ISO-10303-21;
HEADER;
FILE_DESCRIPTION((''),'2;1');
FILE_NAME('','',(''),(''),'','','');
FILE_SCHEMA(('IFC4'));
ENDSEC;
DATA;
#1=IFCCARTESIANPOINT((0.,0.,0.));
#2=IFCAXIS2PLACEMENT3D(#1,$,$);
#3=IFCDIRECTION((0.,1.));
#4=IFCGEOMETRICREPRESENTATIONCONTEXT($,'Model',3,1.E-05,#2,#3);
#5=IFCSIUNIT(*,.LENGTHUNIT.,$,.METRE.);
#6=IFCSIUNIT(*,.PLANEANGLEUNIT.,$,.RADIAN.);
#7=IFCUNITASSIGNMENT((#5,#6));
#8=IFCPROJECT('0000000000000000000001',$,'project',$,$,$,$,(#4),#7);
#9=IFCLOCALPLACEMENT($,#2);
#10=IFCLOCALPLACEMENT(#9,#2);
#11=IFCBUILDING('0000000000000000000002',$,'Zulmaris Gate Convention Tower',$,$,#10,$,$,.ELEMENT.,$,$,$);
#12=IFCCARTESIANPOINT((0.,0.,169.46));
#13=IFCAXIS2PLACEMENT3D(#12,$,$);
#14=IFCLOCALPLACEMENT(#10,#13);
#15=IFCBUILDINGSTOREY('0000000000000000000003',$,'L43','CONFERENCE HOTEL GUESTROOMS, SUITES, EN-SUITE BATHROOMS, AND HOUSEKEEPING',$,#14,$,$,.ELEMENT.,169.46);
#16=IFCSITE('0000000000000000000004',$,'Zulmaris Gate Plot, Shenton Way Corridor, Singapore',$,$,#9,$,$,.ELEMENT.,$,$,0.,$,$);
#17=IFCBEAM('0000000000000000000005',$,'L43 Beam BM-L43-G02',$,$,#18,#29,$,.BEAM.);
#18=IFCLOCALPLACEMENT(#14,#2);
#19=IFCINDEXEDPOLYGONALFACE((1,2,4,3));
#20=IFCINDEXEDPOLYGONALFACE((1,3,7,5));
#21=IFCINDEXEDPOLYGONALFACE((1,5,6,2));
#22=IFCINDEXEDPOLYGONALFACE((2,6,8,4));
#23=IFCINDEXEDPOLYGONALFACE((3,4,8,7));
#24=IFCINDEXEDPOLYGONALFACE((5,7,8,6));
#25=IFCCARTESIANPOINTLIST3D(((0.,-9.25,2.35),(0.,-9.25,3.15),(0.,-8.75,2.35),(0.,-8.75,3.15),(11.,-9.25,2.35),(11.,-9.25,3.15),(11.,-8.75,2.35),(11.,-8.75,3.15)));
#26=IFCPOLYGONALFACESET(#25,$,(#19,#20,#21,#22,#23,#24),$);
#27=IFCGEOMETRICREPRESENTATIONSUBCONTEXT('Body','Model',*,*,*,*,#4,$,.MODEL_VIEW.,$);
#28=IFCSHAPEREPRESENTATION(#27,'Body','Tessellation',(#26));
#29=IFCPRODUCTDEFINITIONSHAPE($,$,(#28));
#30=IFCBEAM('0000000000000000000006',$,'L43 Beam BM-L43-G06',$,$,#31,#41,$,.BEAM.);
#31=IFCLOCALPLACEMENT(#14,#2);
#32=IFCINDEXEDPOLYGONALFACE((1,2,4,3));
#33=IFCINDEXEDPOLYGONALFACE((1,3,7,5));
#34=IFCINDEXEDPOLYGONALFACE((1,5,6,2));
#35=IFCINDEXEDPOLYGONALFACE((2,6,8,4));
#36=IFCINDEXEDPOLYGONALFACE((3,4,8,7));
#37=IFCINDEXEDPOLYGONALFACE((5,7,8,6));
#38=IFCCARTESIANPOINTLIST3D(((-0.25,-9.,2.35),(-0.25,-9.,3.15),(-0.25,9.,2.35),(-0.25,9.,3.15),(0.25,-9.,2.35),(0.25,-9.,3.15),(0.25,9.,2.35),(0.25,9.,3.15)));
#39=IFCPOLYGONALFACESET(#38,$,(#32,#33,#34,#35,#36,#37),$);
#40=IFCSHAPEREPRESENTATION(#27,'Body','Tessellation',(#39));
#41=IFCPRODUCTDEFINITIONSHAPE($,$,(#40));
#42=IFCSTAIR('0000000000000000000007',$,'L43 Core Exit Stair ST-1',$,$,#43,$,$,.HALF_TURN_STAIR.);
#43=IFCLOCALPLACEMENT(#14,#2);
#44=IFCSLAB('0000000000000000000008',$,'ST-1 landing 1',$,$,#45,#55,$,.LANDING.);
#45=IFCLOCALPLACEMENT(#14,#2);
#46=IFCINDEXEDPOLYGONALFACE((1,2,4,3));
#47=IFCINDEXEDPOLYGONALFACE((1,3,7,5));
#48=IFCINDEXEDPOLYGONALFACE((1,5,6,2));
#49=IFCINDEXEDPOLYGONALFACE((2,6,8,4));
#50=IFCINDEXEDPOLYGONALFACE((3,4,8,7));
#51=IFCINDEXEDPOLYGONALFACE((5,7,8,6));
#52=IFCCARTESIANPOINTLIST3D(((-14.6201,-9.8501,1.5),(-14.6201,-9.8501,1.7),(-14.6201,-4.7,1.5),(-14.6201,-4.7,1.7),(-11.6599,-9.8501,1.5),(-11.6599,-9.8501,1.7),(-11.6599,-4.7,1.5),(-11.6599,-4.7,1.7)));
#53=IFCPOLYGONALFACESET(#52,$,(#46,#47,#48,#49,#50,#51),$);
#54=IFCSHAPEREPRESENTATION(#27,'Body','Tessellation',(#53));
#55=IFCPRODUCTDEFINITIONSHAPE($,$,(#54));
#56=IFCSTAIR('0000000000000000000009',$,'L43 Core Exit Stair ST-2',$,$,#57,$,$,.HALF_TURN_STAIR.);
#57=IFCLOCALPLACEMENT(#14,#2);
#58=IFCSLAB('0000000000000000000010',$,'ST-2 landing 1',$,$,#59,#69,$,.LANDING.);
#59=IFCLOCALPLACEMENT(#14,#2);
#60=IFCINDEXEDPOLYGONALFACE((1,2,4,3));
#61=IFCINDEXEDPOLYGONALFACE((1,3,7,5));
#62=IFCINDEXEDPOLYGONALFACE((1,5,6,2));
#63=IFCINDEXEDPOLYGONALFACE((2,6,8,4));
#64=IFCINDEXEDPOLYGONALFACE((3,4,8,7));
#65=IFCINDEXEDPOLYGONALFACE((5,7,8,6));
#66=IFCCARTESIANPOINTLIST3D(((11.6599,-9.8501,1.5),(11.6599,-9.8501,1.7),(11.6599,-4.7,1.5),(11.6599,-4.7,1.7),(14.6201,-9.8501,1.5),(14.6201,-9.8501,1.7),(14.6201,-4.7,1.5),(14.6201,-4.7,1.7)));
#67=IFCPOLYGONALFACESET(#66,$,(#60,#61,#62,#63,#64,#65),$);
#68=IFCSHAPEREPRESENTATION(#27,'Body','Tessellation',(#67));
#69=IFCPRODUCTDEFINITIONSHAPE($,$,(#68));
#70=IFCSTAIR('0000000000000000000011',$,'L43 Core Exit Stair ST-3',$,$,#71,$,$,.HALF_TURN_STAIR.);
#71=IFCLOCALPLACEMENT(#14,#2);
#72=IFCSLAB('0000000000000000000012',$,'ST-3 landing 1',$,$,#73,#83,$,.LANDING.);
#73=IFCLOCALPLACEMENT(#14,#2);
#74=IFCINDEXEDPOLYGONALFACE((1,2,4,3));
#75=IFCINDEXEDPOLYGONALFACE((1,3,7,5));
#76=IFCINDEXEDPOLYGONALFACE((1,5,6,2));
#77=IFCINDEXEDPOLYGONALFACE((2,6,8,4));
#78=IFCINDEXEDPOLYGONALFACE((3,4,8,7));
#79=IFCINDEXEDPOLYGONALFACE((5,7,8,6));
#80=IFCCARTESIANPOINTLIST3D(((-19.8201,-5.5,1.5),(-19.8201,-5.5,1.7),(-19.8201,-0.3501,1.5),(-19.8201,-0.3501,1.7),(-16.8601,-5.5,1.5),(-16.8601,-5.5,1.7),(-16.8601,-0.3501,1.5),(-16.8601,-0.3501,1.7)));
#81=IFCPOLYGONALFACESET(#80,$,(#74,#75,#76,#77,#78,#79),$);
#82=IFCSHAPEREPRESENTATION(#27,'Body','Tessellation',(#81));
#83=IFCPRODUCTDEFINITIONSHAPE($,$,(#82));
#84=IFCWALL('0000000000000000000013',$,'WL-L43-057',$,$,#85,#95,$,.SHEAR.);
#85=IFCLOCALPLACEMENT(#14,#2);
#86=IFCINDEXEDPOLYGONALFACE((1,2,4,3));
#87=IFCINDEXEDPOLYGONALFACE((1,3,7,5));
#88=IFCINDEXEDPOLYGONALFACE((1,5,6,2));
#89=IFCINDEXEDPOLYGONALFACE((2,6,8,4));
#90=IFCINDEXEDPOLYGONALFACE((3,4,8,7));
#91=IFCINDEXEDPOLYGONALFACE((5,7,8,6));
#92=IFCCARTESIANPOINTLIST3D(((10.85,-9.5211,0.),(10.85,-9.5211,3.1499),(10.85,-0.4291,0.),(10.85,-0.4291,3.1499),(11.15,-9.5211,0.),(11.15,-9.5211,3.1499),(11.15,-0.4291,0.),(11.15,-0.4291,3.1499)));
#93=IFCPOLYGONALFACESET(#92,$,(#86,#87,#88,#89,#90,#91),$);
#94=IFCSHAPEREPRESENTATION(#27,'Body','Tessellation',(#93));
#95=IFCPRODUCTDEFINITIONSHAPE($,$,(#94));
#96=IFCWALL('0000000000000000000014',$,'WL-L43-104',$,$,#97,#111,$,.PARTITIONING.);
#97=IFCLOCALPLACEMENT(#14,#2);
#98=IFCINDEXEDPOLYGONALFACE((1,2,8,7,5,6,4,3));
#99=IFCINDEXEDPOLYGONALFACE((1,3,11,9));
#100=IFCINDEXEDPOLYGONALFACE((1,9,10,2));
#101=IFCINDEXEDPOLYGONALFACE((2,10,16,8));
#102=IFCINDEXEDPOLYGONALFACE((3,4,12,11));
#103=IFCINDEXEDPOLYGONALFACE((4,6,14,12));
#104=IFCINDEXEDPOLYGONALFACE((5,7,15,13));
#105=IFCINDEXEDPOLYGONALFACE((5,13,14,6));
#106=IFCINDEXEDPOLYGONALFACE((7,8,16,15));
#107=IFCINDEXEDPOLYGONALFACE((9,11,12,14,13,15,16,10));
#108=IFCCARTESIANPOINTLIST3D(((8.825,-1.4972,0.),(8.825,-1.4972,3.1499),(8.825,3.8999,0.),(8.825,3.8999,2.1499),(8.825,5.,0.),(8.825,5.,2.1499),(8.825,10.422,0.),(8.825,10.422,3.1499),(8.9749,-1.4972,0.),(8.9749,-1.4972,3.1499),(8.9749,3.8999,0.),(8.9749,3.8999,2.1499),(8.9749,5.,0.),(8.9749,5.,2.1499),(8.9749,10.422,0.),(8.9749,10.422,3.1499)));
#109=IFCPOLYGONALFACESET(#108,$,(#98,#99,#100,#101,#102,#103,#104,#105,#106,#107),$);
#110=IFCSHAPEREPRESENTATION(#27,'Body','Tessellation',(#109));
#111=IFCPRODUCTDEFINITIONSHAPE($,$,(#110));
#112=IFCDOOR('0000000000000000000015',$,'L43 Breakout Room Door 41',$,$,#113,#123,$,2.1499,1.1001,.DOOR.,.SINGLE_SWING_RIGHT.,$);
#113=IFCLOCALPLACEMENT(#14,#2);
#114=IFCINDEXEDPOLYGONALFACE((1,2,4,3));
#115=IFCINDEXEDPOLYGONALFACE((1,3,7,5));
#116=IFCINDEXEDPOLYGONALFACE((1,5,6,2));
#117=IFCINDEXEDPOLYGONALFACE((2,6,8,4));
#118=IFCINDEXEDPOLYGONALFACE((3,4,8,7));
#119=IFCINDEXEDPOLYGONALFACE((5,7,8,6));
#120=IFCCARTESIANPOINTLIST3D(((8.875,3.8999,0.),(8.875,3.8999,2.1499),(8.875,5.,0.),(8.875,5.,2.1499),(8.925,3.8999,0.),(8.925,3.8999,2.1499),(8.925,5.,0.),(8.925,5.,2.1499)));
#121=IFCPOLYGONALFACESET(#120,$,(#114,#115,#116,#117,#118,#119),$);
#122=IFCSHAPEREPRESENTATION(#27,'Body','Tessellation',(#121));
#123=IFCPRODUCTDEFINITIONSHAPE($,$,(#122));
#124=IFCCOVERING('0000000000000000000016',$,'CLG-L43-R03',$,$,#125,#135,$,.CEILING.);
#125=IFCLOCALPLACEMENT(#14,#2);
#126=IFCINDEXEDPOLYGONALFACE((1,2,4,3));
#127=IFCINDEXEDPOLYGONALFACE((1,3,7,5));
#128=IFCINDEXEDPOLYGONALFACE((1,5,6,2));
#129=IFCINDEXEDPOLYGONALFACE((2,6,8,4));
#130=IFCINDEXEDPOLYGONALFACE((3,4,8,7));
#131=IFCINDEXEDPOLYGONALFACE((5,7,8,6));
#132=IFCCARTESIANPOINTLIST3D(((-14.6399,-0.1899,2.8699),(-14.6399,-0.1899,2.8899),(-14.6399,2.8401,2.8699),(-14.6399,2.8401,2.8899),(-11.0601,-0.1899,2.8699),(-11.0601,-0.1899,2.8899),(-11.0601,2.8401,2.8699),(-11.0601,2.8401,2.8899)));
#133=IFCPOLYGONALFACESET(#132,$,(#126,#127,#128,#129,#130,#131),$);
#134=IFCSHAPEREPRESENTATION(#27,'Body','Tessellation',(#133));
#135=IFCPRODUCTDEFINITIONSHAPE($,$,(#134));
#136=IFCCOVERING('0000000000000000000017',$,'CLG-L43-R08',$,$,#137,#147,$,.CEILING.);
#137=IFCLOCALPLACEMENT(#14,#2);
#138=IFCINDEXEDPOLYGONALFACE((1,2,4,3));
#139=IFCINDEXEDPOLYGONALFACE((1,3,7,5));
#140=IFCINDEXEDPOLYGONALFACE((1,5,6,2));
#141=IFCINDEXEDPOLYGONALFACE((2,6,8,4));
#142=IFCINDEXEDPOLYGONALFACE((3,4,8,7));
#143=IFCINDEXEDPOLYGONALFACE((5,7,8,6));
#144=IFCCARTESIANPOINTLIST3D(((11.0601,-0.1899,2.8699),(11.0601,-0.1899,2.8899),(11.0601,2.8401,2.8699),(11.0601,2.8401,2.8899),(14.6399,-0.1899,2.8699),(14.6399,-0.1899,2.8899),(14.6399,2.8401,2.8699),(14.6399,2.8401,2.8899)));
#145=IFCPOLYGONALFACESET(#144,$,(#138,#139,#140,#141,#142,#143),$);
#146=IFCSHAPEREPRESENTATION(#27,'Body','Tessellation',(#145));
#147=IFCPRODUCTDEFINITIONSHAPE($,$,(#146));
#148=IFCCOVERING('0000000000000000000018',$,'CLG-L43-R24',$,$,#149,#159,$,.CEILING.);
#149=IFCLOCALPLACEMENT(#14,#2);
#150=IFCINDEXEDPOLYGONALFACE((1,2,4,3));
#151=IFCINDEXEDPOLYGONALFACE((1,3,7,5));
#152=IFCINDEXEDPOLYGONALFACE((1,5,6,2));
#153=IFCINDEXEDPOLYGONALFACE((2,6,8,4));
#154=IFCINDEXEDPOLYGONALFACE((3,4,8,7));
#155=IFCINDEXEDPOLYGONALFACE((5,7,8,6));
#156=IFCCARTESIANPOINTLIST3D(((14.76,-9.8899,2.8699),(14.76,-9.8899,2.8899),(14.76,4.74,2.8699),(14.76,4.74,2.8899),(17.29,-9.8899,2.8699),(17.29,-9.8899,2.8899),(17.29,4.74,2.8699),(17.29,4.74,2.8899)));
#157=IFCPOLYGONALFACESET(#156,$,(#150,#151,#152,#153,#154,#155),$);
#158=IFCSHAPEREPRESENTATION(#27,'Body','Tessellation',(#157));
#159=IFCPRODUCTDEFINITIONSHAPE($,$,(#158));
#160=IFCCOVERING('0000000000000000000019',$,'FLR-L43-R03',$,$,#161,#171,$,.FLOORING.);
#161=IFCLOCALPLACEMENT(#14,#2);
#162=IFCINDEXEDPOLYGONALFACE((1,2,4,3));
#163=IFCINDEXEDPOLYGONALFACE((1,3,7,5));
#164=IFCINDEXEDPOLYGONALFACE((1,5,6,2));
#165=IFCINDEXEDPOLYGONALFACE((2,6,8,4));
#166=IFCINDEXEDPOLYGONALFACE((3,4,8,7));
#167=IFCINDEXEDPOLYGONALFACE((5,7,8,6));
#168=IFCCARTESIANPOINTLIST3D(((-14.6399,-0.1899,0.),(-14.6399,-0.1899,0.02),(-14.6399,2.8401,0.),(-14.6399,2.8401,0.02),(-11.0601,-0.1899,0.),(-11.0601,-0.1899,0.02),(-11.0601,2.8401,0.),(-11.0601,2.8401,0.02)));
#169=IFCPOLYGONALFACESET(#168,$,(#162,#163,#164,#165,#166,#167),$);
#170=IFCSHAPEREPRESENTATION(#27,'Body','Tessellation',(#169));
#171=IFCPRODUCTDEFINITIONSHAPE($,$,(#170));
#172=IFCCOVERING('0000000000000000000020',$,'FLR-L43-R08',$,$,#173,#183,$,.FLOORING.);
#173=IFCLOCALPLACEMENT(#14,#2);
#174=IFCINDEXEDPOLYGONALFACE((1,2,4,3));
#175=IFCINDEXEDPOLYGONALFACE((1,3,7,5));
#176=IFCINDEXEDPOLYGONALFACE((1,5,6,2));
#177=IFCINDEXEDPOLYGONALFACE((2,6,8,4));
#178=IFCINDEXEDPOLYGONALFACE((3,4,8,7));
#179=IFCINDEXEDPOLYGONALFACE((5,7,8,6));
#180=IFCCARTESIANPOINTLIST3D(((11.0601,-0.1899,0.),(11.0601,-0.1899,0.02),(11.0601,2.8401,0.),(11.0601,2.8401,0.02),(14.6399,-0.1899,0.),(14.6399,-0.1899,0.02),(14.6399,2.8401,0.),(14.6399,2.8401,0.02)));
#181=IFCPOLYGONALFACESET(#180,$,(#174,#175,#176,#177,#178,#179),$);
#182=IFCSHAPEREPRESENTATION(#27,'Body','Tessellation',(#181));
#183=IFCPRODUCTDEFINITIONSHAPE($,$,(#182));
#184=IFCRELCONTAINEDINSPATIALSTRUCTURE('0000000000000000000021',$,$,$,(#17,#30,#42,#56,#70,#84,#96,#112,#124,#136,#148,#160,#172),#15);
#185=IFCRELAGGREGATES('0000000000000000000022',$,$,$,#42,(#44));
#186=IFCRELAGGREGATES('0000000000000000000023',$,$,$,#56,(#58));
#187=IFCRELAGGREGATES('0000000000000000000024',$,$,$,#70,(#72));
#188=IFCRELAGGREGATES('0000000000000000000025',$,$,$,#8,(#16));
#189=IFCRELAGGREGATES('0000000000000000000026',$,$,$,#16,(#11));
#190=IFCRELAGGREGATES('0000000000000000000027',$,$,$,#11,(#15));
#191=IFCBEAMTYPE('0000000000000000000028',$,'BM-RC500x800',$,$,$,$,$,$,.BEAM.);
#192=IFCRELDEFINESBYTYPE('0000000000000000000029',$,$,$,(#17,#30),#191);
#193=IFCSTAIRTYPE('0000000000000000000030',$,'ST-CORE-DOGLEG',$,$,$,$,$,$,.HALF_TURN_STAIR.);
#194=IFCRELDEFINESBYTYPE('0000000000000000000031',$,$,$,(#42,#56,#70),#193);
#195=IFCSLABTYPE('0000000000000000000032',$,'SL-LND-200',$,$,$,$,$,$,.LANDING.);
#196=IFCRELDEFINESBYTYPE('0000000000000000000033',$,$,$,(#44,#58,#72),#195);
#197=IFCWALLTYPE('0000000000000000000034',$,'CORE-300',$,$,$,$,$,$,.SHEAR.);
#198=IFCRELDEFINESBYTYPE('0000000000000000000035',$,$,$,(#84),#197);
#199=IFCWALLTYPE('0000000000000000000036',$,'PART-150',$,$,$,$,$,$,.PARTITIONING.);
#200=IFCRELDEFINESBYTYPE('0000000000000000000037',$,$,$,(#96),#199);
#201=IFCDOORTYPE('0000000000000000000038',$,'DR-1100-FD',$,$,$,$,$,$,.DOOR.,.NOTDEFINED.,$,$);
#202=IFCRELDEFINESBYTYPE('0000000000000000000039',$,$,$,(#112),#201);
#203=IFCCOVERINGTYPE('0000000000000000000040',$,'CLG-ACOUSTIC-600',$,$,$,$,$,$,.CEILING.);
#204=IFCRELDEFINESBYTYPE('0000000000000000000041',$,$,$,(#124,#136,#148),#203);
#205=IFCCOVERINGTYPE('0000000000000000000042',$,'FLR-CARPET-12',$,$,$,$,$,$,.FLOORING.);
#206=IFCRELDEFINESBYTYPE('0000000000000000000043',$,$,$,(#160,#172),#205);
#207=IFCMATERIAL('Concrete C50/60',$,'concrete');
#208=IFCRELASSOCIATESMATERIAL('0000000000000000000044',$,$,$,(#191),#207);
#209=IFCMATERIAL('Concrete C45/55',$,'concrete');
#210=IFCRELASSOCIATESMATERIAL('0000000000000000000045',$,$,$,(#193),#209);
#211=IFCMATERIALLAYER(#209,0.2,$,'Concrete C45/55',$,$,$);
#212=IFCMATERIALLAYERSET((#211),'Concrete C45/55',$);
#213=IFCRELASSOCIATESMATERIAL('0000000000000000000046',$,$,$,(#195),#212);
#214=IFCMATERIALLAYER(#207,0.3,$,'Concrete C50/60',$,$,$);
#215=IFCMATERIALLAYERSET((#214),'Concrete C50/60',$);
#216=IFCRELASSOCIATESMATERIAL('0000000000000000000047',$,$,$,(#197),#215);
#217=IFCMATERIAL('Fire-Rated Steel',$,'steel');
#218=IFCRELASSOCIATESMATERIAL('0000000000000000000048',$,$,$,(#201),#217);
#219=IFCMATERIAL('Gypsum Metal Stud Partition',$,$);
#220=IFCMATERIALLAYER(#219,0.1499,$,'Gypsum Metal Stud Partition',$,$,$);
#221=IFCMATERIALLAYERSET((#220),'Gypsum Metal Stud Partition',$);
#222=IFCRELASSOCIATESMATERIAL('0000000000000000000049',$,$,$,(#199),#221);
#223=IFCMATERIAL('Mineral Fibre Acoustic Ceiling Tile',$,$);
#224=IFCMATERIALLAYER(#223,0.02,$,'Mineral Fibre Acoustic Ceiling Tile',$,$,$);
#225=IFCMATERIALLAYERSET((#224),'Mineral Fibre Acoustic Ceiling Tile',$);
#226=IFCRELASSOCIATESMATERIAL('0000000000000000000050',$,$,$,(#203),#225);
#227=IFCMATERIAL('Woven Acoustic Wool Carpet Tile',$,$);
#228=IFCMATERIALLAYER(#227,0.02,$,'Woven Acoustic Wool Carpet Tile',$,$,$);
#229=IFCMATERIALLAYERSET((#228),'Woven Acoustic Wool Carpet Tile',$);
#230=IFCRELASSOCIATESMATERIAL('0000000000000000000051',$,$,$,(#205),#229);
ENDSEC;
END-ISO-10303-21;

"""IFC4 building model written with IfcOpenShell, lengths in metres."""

from ifc_helpers import new_model, si_unit, direction, frame, frame_2d, origin, origin_2d, place, context, subcontext, project, spatial, polyline, rectangle, outline, extrude, material, layer, layer_set, material_profile, profile_set, type_object, element, fill, aggregate, save


model = new_model("IFC4")

# Units and contexts
model_context = context("Model", 3, precision=1e-05, world=origin(), true_north=direction((0.0, 1.0)))
body_context = subcontext(model_context, "Body", "Model", "MODEL_VIEW")
ifc_project = project(units=[si_unit("LENGTHUNIT", "METRE"), si_unit("PLANEANGLEUNIT", "RADIAN")], contexts=[model_context])

# Site, building, storey
site_placement = place(None, origin())
site = spatial("IfcSite", under=ifc_project, at=site_placement, Name="Zulmaris Gate Plot, Shenton Way Corridor, Singapore", CompositionType="ELEMENT", RefElevation=0.0)
building_placement = place(site_placement, origin())
building = spatial("IfcBuilding", under=site, at=building_placement, Name="Zulmaris Gate Convention Tower", CompositionType="ELEMENT")
storey_placement = place(building_placement, frame((0.0, 0.0, 169.46)))
storey = spatial("IfcBuildingStorey", under=building, at=storey_placement, Name="L43", Description="CONFERENCE HOTEL GUESTROOMS, SUITES, EN-SUITE BATHROOMS, AND HOUSEKEEPING", CompositionType="ELEMENT", Elevation=169.46)

# Beams
ifc_material_1 = material(Name="Concrete C50/60", Category="concrete")
ifc_material_profile = material_profile(ifc_material_1, rectangle(XDim=0.5, YDim=0.8, at=origin_2d()), Name="RC BEAM 500x800")
ifc_profile_set = profile_set([ifc_material_profile], Name="Concrete C50/60")
beam_type = type_object("IfcBeamType", Name="BM-RC500x800", PredefinedType="BEAM", material=ifc_profile_set)
beam_1_placement = place(storey_placement, frame((0.0, -9.0, 2.75), z_axis=(1.0, 0.0, 0.0), x_axis=(0.0, 1.0, 0.0)))
element("IfcBeam", 1, at=beam_1_placement, inside=storey, type_object=beam_type, Name="L43 Beam BM-L43-G02", PredefinedType="BEAM", context=body_context, shape_type="SweptSolid", body=[
    extrude(rectangle(XDim=0.5, YDim=0.8, at=origin_2d()), origin(), (0.0, 0.0, 1.0), 11.0),
])
beam_2_placement = place(storey_placement, frame((0.0, -9.0, 2.75), z_axis=(0.0, 1.0, 0.0), x_axis=(-1.0, 0.0, 0.0)))
element("IfcBeam", 2, at=beam_2_placement, inside=storey, type_object=beam_type, Name="L43 Beam BM-L43-G06", PredefinedType="BEAM", context=body_context, shape_type="SweptSolid", body=[
    extrude(rectangle(XDim=0.5, YDim=0.8, at=origin_2d()), origin(), (0.0, 0.0, 1.0), 18.0),
])

# Stairs, slabs
ifc_material_2 = material(Name="Concrete C45/55", Category="concrete")
stair_type = type_object("IfcStairType", Name="ST-CORE-DOGLEG", PredefinedType="HALF_TURN_STAIR", material=ifc_material_2)
stair_1_placement = place(storey_placement, origin())
stair_1 = element("IfcStair", 3, at=stair_1_placement, inside=storey, type_object=stair_type, Name="L43 Core Exit Stair ST-1", PredefinedType="HALF_TURN_STAIR")
ifc_layer_1 = layer(ifc_material_2, 0.2, Name="Concrete C45/55")
ifc_layer_set_1 = layer_set([ifc_layer_1], Name="Concrete C45/55")
slab_type = type_object("IfcSlabType", Name="SL-LND-200", PredefinedType="LANDING", material=ifc_layer_set_1)
slab_1_placement = place(storey_placement, frame((0.0, 0.0, 1.5)))
slab_1 = element("IfcSlab", 4, at=slab_1_placement, type_object=slab_type, Name="ST-1 landing 1", PredefinedType="LANDING", context=body_context, shape_type="SweptSolid", body=[
    extrude(outline(polyline([(-14.6201, -4.7), (-14.6201, -9.8501), (-11.6599, -9.8501), (-11.6599, -4.7), (-14.6201, -4.7)])), origin(), (0.0, 0.0, 1.0), 0.2),
])
aggregate(stair_1, [slab_1])
stair_2_placement = place(storey_placement, origin())
stair_2 = element("IfcStair", 5, at=stair_2_placement, inside=storey, type_object=stair_type, Name="L43 Core Exit Stair ST-2", PredefinedType="HALF_TURN_STAIR")
slab_2_placement = place(storey_placement, frame((0.0, 0.0, 1.5)))
slab_2 = element("IfcSlab", 6, at=slab_2_placement, type_object=slab_type, Name="ST-2 landing 1", PredefinedType="LANDING", context=body_context, shape_type="SweptSolid", body=[
    extrude(outline(polyline([(11.6599, -4.7), (11.6599, -9.8501), (14.6201, -9.8501), (14.6201, -4.7), (11.6599, -4.7)])), origin(), (0.0, 0.0, 1.0), 0.2),
])
aggregate(stair_2, [slab_2])
stair_3_placement = place(storey_placement, origin())
stair_3 = element("IfcStair", 7, at=stair_3_placement, inside=storey, type_object=stair_type, Name="L43 Core Exit Stair ST-3", PredefinedType="HALF_TURN_STAIR")
slab_3_placement = place(storey_placement, frame((0.0, 0.0, 1.5)))
slab_3 = element("IfcSlab", 8, at=slab_3_placement, type_object=slab_type, Name="ST-3 landing 1", PredefinedType="LANDING", context=body_context, shape_type="SweptSolid", body=[
    extrude(outline(polyline([(-16.8601, -5.5), (-16.8601, -0.3501), (-19.8201, -0.3501), (-19.8201, -5.5), (-16.8601, -5.5)])), origin(), (0.0, 0.0, 1.0), 0.2),
])
aggregate(stair_3, [slab_3])

# Shared definitions
ifc_layer_2 = layer(ifc_material_1, 0.3, Name="Concrete C50/60")
ifc_layer_set_2 = layer_set([ifc_layer_2], Name="Concrete C50/60")
wall_type_1 = type_object("IfcWallType", Name="CORE-300", PredefinedType="SHEAR", material=ifc_layer_set_2)
ifc_material_3 = material(Name="Fire-Rated Steel", Category="steel")
door_type_1 = type_object("IfcDoorType", Name="DR-1100-FD", OperationType="NOTDEFINED", PredefinedType="DOOR", material=ifc_material_3)

# Wall
wall_1_placement = place(storey_placement, frame((11.0, -9.521, 0.0), z_axis=(0.0, 0.0, 1.0), x_axis=(0.0, 1.0, 0.0)))
element("IfcWall", 9, at=wall_1_placement, inside=storey, type_object=wall_type_1, Name="WL-L43-057", PredefinedType="SHEAR", context=body_context, shape_type="SweptSolid", body=[
    extrude(rectangle(XDim=9.092, YDim=0.3, at=frame_2d((4.5459, 0.0))), origin(), (0.0, 0.0, 1.0), 3.1499),
])

# Wall, opening, door
ifc_material_4 = material(Name="Gypsum Metal Stud Partition")
ifc_layer_3 = layer(ifc_material_4, 0.1499, Name="Gypsum Metal Stud Partition")
ifc_layer_set_3 = layer_set([ifc_layer_3], Name="Gypsum Metal Stud Partition")
wall_type_2 = type_object("IfcWallType", Name="PART-150", PredefinedType="PARTITIONING", material=ifc_layer_set_3)
wall_2_placement = place(storey_placement, frame((8.8999, -1.4971, 0.0), z_axis=(0.0, 0.0, 1.0), x_axis=(0.0, 1.0, 0.0)))
wall_2 = element("IfcWall", 10, at=wall_2_placement, inside=storey, type_object=wall_type_2, Name="WL-L43-104", PredefinedType="PARTITIONING", context=body_context, shape_type="SweptSolid", body=[
    extrude(rectangle(XDim=11.9192, YDim=0.1499, at=frame_2d((5.9595, 0.0))), origin(), (0.0, 0.0, 1.0), 3.1499),
])
opening_1_placement = place(wall_2_placement, frame((5.397, 0.0, 0.0)))
opening_1 = element("IfcOpeningElement", 11, at=opening_1_placement, cuts=wall_2, PredefinedType="OPENING", context=body_context, shape_type="SweptSolid", body=[
    extrude(rectangle(XDim=1.1001, YDim=2.1499, at=frame_2d((0.55, 1.075))), frame((0.0, 0.085, 0.0), z_axis=(0.0, -1.0, 0.0), x_axis=(1.0, 0.0, 0.0)), (0.0, 0.0, 1.0), 0.1699),
])
door_1_placement = place(opening_1_placement, origin())
door_1 = element("IfcDoor", 12, at=door_1_placement, inside=storey, type_object=door_type_1, Name="L43 Breakout Room Door 41", OperationType="SINGLE_SWING_RIGHT", OverallHeight=2.1499, OverallWidth=1.1001, PredefinedType="DOOR", context=body_context, shape_type="SweptSolid", body=[
    extrude(rectangle(XDim=1.1001, YDim=2.1499, at=frame_2d((0.55, 1.075))), frame((0.0, 0.0249, 0.0), z_axis=(0.0, -1.0, 0.0), x_axis=(1.0, 0.0, 0.0)), (0.0, 0.0, 1.0), 0.05),
])
fill(opening_1, door_1)

# Coverings
ifc_material_5 = material(Name="Mineral Fibre Acoustic Ceiling Tile")
ifc_layer_4 = layer(ifc_material_5, 0.02, Name="Mineral Fibre Acoustic Ceiling Tile")
ifc_layer_set_4 = layer_set([ifc_layer_4], Name="Mineral Fibre Acoustic Ceiling Tile")
covering_type_1 = type_object("IfcCoveringType", Name="CLG-ACOUSTIC-600", PredefinedType="CEILING", material=ifc_layer_set_4)
covering_1_placement = place(storey_placement, frame((0.0, 0.0, 2.8699)))
element("IfcCovering", 13, at=covering_1_placement, inside=storey, type_object=covering_type_1, Name="CLG-L43-R03", PredefinedType="CEILING", context=body_context, shape_type="SweptSolid", body=[
    extrude(outline(polyline([(-14.6399, -0.1899), (-11.0601, -0.1899), (-11.0601, 2.8401), (-14.6399, 2.8401), (-14.6399, -0.1899)])), origin(), (0.0, 0.0, 1.0), 0.02),
])
covering_2_placement = place(storey_placement, frame((0.0, 0.0, 2.8699)))
element("IfcCovering", 14, at=covering_2_placement, inside=storey, type_object=covering_type_1, Name="CLG-L43-R08", PredefinedType="CEILING", context=body_context, shape_type="SweptSolid", body=[
    extrude(outline(polyline([(11.0601, -0.1899), (14.6399, -0.1899), (14.6399, 2.8401), (11.0601, 2.8401), (11.0601, -0.1899)])), origin(), (0.0, 0.0, 1.0), 0.02),
])
covering_3_placement = place(storey_placement, frame((0.0, 0.0, 2.8699)))
element("IfcCovering", 15, at=covering_3_placement, inside=storey, type_object=covering_type_1, Name="CLG-L43-R24", PredefinedType="CEILING", context=body_context, shape_type="SweptSolid", body=[
    extrude(outline(polyline([(14.76, -9.8899), (17.29, -9.8899), (17.29, 4.74), (14.76, 4.74), (14.76, -9.8899)])), origin(), (0.0, 0.0, 1.0), 0.02),
])
ifc_material_6 = material(Name="Woven Acoustic Wool Carpet Tile")
ifc_layer_5 = layer(ifc_material_6, 0.02, Name="Woven Acoustic Wool Carpet Tile")
ifc_layer_set_5 = layer_set([ifc_layer_5], Name="Woven Acoustic Wool Carpet Tile")
covering_type_2 = type_object("IfcCoveringType", Name="FLR-CARPET-12", PredefinedType="FLOORING", material=ifc_layer_set_5)
covering_4_placement = place(storey_placement, origin())
element("IfcCovering", 16, at=covering_4_placement, inside=storey, type_object=covering_type_2, Name="FLR-L43-R03", PredefinedType="FLOORING", context=body_context, shape_type="SweptSolid", body=[
    extrude(outline(polyline([(-14.6399, -0.1899), (-11.0601, -0.1899), (-11.0601, 2.8401), (-14.6399, 2.8401), (-14.6399, -0.1899)])), origin(), (0.0, 0.0, 1.0), 0.02),
])
covering_5_placement = place(storey_placement, origin())
element("IfcCovering", 17, at=covering_5_placement, inside=storey, type_object=covering_type_2, Name="FLR-L43-R08", PredefinedType="FLOORING", context=body_context, shape_type="SweptSolid", body=[
    extrude(outline(polyline([(11.0601, -0.1899), (14.6399, -0.1899), (14.6399, 2.8401), (11.0601, 2.8401), (11.0601, -0.1899)])), origin(), (0.0, 0.0, 1.0), 0.02),
])

save(model, "model.ifc")
